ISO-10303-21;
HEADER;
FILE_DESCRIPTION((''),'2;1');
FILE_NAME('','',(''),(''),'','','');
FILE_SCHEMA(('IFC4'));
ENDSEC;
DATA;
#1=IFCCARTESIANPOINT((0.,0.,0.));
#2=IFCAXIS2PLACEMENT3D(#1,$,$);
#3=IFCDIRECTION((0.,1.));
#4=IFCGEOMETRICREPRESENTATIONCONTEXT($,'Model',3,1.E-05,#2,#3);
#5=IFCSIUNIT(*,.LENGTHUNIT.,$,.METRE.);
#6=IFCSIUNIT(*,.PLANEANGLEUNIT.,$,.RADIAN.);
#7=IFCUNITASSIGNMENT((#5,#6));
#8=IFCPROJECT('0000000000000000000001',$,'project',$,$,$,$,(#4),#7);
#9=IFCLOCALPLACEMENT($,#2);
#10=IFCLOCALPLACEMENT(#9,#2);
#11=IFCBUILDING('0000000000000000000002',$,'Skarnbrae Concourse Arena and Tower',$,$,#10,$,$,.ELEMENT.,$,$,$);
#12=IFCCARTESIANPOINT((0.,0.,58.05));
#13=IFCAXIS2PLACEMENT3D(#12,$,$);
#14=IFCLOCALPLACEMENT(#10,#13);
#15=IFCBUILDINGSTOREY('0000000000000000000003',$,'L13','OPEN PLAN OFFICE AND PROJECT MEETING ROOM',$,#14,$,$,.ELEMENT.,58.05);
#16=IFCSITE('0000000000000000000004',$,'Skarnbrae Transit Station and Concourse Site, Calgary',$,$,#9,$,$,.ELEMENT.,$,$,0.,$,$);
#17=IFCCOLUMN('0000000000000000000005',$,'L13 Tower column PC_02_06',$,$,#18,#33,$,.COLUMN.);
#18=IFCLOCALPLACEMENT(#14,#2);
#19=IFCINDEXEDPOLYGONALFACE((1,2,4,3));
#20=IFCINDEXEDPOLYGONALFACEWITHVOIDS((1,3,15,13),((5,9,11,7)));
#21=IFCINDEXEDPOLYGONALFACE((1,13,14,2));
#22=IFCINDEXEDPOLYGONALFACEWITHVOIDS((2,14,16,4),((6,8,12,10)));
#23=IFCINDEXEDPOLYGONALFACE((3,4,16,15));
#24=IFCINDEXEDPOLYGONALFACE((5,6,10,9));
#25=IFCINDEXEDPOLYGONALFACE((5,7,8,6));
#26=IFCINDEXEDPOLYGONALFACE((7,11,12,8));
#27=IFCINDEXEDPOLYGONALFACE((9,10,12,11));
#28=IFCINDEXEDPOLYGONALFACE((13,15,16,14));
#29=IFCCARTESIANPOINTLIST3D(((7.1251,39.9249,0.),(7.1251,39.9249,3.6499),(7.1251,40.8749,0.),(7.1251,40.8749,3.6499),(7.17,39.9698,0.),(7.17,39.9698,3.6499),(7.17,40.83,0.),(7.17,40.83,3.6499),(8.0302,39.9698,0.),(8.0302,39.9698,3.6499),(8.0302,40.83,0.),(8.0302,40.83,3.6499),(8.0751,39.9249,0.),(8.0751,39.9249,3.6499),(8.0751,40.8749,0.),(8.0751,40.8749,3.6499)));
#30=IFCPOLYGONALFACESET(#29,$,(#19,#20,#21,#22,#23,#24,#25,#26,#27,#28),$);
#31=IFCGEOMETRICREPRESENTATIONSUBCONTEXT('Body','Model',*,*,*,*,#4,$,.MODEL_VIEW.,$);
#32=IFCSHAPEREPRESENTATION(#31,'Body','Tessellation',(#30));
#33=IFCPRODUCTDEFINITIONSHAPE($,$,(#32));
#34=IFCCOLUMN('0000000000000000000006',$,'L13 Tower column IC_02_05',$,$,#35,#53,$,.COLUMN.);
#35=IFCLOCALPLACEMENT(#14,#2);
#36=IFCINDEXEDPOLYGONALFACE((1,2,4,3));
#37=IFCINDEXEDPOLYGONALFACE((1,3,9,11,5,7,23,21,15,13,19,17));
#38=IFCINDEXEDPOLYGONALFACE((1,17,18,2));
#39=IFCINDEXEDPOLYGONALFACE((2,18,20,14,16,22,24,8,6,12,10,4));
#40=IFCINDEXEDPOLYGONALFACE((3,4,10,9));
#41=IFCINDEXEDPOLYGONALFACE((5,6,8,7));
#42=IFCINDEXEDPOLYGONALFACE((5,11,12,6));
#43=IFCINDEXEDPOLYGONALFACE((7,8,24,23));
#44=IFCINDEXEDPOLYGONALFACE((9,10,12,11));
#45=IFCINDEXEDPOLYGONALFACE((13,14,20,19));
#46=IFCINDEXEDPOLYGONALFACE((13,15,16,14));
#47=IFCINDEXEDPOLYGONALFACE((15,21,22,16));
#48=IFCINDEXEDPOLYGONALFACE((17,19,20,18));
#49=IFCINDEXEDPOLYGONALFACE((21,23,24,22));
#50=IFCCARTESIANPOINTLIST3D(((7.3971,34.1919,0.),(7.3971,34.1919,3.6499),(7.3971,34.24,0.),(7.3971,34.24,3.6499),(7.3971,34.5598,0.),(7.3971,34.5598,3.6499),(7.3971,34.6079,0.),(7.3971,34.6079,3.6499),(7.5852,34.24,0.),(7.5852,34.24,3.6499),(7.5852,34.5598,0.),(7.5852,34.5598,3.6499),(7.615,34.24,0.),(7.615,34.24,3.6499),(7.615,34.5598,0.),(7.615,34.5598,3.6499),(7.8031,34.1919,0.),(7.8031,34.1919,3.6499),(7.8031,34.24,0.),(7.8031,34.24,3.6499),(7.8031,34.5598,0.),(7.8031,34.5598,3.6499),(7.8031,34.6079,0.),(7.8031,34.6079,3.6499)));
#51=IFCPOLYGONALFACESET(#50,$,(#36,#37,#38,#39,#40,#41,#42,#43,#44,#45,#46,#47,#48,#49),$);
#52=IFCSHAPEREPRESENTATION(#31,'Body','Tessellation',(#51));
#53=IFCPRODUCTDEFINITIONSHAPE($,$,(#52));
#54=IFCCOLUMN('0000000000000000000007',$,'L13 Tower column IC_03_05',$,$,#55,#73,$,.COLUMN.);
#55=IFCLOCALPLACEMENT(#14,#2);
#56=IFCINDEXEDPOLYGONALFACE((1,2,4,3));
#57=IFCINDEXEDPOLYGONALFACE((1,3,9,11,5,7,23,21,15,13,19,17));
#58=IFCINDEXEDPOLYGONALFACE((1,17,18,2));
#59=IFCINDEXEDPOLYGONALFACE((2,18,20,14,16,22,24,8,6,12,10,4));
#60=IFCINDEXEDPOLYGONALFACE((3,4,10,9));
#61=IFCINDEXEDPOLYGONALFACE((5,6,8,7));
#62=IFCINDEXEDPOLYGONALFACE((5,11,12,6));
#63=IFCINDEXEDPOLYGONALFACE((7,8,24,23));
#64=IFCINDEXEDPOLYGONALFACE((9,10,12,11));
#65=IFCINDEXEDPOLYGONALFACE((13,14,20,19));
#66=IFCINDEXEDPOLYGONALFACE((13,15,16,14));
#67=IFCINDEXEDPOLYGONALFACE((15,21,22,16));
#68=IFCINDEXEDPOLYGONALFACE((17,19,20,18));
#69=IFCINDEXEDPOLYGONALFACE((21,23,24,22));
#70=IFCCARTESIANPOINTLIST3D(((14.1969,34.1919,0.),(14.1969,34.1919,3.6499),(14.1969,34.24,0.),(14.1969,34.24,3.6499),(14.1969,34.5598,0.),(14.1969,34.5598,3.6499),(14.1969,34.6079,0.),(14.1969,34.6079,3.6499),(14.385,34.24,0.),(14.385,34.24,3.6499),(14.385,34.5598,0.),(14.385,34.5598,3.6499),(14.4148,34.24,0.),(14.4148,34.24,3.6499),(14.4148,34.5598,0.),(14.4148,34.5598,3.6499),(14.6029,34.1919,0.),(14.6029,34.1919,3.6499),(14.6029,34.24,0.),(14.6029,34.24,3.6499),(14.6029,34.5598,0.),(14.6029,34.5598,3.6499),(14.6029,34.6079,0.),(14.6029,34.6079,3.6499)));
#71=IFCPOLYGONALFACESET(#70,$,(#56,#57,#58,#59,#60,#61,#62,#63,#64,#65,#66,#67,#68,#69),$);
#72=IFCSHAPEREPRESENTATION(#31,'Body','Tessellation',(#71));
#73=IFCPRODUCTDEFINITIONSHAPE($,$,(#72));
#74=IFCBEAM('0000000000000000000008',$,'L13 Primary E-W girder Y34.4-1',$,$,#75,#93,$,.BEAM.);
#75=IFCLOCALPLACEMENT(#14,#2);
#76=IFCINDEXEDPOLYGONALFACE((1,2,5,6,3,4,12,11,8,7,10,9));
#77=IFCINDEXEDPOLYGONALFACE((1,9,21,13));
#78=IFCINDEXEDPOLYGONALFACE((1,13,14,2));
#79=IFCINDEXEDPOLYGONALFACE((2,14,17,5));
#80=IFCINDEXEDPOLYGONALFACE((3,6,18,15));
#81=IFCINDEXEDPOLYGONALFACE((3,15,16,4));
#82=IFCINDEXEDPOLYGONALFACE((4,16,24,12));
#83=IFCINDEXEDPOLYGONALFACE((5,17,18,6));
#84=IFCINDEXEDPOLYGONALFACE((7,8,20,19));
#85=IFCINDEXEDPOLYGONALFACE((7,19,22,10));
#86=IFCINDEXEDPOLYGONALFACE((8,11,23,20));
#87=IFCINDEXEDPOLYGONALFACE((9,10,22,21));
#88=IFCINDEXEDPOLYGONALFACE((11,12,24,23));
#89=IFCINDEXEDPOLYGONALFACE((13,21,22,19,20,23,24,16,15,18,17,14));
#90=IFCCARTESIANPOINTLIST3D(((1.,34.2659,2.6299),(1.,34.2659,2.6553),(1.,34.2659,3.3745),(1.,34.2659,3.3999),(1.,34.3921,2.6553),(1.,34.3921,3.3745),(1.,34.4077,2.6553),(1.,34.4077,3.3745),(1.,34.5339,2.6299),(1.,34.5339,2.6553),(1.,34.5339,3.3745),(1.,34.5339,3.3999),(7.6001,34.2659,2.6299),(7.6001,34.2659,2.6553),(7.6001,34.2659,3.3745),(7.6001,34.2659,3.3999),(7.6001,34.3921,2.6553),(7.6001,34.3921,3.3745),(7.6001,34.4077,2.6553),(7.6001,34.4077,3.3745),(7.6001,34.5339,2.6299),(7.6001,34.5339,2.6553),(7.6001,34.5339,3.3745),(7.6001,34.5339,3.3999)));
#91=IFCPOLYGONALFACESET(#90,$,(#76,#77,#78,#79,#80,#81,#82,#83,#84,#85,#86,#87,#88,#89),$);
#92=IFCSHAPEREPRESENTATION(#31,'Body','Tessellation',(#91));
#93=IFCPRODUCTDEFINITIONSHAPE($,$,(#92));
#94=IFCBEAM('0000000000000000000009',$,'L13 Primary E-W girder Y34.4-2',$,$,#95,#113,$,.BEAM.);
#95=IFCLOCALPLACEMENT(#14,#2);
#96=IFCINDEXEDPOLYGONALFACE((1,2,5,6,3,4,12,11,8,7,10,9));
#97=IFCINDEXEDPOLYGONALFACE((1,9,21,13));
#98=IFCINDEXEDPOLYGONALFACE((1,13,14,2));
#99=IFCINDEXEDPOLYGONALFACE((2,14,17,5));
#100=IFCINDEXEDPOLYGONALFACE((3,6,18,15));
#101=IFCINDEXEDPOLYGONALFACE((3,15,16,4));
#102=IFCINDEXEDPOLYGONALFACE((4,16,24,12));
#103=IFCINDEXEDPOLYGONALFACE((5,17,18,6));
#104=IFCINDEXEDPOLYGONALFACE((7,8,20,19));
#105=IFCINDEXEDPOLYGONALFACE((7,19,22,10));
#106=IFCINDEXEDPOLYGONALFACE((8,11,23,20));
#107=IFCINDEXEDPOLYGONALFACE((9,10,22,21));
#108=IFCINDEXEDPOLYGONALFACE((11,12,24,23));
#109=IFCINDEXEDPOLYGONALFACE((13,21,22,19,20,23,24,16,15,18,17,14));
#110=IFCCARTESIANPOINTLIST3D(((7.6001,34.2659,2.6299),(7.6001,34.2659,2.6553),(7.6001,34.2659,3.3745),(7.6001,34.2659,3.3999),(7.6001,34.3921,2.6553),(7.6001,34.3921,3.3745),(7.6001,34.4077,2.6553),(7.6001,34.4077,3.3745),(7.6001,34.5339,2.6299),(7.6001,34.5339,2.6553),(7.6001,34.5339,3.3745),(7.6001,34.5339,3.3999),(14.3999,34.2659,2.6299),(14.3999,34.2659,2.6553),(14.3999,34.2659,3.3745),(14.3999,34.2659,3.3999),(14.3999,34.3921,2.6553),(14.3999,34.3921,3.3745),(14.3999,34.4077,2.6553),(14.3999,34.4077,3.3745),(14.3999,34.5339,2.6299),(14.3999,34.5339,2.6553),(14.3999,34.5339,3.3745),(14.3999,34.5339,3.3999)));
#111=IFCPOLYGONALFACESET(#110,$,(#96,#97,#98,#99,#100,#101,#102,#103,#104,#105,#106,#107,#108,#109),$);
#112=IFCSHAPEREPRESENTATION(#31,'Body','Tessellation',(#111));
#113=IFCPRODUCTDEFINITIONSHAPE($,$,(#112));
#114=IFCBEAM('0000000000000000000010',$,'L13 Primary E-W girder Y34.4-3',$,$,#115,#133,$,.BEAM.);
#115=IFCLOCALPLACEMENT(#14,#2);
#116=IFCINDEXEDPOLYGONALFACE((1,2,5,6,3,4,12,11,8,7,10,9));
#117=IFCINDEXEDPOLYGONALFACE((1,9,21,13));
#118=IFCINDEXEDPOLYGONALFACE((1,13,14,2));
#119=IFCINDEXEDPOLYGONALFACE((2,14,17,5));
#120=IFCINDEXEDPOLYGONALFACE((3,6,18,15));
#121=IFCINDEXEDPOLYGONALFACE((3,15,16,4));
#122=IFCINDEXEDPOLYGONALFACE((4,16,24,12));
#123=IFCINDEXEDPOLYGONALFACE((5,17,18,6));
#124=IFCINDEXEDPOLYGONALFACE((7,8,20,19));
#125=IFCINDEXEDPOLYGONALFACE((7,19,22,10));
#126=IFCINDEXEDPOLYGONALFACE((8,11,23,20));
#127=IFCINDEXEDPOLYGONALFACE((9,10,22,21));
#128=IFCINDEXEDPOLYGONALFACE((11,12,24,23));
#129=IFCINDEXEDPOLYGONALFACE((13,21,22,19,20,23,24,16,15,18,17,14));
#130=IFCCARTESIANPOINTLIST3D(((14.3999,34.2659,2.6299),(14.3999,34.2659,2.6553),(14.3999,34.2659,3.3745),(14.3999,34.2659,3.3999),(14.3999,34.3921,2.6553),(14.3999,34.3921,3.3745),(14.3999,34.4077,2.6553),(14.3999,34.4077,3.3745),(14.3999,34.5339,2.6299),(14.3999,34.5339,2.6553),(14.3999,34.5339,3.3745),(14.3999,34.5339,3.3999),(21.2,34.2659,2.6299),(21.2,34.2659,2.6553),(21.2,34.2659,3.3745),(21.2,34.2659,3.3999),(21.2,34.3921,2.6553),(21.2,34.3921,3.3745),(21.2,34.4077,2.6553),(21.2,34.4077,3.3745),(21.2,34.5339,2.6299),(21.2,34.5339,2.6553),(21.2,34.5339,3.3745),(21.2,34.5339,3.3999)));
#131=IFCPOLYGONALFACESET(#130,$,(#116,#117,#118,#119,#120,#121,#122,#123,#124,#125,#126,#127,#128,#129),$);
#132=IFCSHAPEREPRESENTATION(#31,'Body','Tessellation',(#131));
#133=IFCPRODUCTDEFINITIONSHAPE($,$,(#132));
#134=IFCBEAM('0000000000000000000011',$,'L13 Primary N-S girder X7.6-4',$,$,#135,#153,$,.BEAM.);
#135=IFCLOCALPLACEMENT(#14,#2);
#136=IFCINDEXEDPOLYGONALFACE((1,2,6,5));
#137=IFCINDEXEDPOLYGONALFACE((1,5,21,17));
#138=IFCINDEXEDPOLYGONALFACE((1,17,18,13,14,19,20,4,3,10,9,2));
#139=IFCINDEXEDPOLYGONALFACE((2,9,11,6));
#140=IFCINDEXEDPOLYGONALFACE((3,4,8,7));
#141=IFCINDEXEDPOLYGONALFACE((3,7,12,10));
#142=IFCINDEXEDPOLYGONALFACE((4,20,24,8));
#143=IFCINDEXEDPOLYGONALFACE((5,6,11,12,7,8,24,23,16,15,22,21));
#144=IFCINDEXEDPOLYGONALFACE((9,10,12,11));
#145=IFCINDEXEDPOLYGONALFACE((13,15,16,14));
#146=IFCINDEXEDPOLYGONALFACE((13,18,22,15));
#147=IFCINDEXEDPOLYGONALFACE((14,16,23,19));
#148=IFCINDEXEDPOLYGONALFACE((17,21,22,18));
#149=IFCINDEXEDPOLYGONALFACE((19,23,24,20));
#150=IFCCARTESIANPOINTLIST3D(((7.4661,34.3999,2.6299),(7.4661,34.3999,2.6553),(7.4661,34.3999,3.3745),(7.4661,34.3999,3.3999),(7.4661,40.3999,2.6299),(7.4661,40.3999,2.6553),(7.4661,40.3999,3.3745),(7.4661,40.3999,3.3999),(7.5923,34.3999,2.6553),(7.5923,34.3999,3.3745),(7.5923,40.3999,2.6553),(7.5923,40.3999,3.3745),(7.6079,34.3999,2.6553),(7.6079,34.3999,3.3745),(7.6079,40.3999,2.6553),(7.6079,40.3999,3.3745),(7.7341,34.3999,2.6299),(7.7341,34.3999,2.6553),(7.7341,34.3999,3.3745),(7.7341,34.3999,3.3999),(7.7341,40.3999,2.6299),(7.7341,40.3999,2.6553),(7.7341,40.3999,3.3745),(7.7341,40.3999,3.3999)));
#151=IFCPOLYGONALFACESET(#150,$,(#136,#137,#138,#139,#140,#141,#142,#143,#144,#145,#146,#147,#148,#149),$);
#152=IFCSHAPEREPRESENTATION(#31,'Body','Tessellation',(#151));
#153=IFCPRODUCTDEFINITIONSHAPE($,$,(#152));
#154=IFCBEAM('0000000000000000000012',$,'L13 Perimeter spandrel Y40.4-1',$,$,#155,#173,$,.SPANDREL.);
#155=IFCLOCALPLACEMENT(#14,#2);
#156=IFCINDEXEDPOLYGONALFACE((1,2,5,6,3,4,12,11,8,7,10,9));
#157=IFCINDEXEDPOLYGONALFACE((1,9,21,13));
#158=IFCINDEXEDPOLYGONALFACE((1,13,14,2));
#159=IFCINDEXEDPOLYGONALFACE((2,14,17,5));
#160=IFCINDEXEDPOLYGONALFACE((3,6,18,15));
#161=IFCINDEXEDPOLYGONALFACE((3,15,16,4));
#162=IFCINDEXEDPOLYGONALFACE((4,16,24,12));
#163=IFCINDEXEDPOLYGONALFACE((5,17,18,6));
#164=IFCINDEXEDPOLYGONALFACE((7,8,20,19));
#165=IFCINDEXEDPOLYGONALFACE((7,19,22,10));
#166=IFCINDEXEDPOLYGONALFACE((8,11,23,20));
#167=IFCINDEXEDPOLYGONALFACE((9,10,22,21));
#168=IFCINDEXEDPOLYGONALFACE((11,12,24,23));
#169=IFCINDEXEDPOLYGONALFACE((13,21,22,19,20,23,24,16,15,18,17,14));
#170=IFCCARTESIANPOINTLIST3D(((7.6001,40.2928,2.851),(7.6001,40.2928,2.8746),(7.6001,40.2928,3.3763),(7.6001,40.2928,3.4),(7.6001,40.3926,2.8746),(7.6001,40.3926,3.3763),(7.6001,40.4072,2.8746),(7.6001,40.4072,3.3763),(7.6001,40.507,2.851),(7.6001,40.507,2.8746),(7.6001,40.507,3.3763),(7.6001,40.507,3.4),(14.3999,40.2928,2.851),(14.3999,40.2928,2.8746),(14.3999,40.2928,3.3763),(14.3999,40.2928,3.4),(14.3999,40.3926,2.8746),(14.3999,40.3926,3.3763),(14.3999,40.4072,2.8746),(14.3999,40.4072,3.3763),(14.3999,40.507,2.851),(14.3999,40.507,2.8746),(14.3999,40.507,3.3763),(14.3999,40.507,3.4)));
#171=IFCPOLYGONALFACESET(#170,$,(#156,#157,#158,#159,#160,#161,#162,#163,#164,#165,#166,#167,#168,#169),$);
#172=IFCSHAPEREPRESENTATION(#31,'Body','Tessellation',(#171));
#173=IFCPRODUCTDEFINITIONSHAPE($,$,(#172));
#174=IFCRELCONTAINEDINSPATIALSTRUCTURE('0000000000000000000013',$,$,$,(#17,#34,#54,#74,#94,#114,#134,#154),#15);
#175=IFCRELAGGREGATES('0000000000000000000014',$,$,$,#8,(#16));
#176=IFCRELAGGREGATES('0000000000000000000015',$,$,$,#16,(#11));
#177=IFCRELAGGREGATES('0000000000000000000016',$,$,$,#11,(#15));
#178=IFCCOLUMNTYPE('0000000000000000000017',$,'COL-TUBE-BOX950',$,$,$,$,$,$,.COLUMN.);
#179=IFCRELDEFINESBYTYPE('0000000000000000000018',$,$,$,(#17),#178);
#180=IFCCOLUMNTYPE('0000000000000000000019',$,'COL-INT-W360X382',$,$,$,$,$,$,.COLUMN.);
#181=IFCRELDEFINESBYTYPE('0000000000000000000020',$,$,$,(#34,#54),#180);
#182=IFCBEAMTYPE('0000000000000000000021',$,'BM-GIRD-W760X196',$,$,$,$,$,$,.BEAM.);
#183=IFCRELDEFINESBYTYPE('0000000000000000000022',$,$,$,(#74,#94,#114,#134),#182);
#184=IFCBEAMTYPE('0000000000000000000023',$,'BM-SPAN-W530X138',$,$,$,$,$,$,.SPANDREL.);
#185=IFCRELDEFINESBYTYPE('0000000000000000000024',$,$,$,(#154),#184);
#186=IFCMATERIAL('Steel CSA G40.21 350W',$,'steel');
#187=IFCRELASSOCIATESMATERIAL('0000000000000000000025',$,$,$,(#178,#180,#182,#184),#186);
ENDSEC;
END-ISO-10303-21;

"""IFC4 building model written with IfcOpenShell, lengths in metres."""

from ifc_helpers import new_model, si_unit, direction, frame, origin, origin_2d, place, context, subcontext, project, spatial, hollow_rectangle, i_section, extrude, source, transform, mapped, material, material_profile, profile_set, type_object, element, save


model = new_model("IFC4")

# Units and contexts
model_context = context("Model", 3, precision=1e-05, world=origin(), true_north=direction((0.0, 1.0)))
body_context = subcontext(model_context, "Body", "Model", "MODEL_VIEW")
ifc_project = project(units=[si_unit("LENGTHUNIT", "METRE"), si_unit("PLANEANGLEUNIT", "RADIAN")], contexts=[model_context])

# Site, building, storey
site_placement = place(None, origin())
site = spatial("IfcSite", under=ifc_project, at=site_placement, Name="Skarnbrae Transit Station and Concourse Site, Calgary", CompositionType="ELEMENT", RefElevation=0.0)
building_placement = place(site_placement, origin())
building = spatial("IfcBuilding", under=site, at=building_placement, Name="Skarnbrae Concourse Arena and Tower", CompositionType="ELEMENT")
storey_placement = place(building_placement, frame((0.0, 0.0, 58.05)))
storey = spatial("IfcBuildingStorey", under=building, at=storey_placement, Name="L13", Description="OPEN PLAN OFFICE AND PROJECT MEETING ROOM", CompositionType="ELEMENT", Elevation=58.05)

# Columns
ifc_material_1 = material(Name="Steel CSA G40.21 350W", Category="steel")
ifc_material_profile_1 = material_profile(ifc_material_1, hollow_rectangle(XDim=0.95, YDim=0.95, WallThickness=0.0449, at=origin_2d()), Name="BOX950X950X45")
ifc_profile_set_1 = profile_set([ifc_material_profile_1], Name="Steel CSA G40.21 350W")
column_type_1 = type_object("IfcColumnType", Name="COL-TUBE-BOX950", PredefinedType="COLUMN", material=ifc_profile_set_1)
shared_shape_1 = source(origin(), body_context, "Body", "SweptSolid", [
    extrude(hollow_rectangle(XDim=0.95, YDim=0.95, WallThickness=0.0449, at=origin_2d()), origin(), (0.0, 0.0, 1.0), 3.6499),
])
column_placement = place(storey_placement, frame((7.6001, 40.3999, 0.0), z_axis=(0.0, 0.0, 1.0), x_axis=(1.0, 0.0, 0.0)))
element("IfcColumn", 1, at=column_placement, inside=storey, type_object=column_type_1, Name="L13 Tower column PC_02_06", PredefinedType="COLUMN", context=body_context, shape_type="MappedRepresentation", body=[
    mapped(shared_shape_1, transform((0.0, 0.0, 0.0))),
])
ifc_material_profile_2 = material_profile(ifc_material_1, i_section(OverallWidth=0.406, OverallDepth=0.416, WebThickness=0.0298, FlangeThickness=0.0481, at=origin_2d()), Name="W360X382")
ifc_profile_set_2 = profile_set([ifc_material_profile_2], Name="Steel CSA G40.21 350W")
column_type_2 = type_object("IfcColumnType", Name="COL-INT-W360X382", PredefinedType="COLUMN", material=ifc_profile_set_2)
shared_shape_2 = source(origin(), body_context, "Body", "SweptSolid", [
    extrude(i_section(OverallWidth=0.406, OverallDepth=0.416, WebThickness=0.0298, FlangeThickness=0.0481, at=origin_2d()), origin(), (0.0, 0.0, 1.0), 3.6499),
])
for number, where, z_axis, x_axis, name in (
    (2, (7.6001, 34.3999, 0.0), (0.0, 0.0, 1.0), (1.0, 0.0, 0.0), "L13 Tower column IC_02_05"),
    (3, (14.3999, 34.3999, 0.0), (0.0, 0.0, 1.0), (1.0, 0.0, 0.0), "L13 Tower column IC_03_05"),
):
    element("IfcColumn", number, at=place(storey_placement, frame(where, z_axis=z_axis, x_axis=x_axis)), inside=storey, type_object=column_type_2, Name=name, PredefinedType="COLUMN", context=body_context, shape_type="MappedRepresentation", body=[
        mapped(shared_shape_2, transform((0.0, 0.0, 0.0))),
    ])

# Beams
ifc_material_profile_3 = material_profile(ifc_material_1, i_section(OverallWidth=0.2681, OverallDepth=0.77, WebThickness=0.0156, FlangeThickness=0.0254, at=origin_2d()), Name="W760X196")
ifc_profile_set_3 = profile_set([ifc_material_profile_3], Name="Steel CSA G40.21 350W")
beam_type_1 = type_object("IfcBeamType", Name="BM-GIRD-W760X196", PredefinedType="BEAM", material=ifc_profile_set_3)
shared_shape_3 = source(origin(), body_context, "Body", "SweptSolid", [
    extrude(i_section(OverallWidth=0.2681, OverallDepth=0.77, WebThickness=0.0156, FlangeThickness=0.0254, at=origin_2d()), origin(), (0.0, 0.0, 1.0), 6.6001),
])
beam_1_placement = place(storey_placement, frame((1.0, 34.3999, 3.0149), z_axis=(1.0, 0.0, 0.0), x_axis=(0.0, 1.0, 0.0)))
element("IfcBeam", 4, at=beam_1_placement, inside=storey, type_object=beam_type_1, Name="L13 Primary E-W girder Y34.4-1", PredefinedType="BEAM", context=body_context, shape_type="MappedRepresentation", body=[
    mapped(shared_shape_3, transform((0.0, 0.0, 0.0))),
])
shared_shape_4 = source(origin(), body_context, "Body", "SweptSolid", [
    extrude(i_section(OverallWidth=0.2681, OverallDepth=0.77, WebThickness=0.0156, FlangeThickness=0.0254, at=origin_2d()), origin(), (0.0, 0.0, 1.0), 6.7998),
])
beam_2_placement = place(storey_placement, frame((7.6001, 34.3999, 3.0149), z_axis=(1.0, 0.0, 0.0), x_axis=(0.0, 1.0, 0.0)))
element("IfcBeam", 5, at=beam_2_placement, inside=storey, type_object=beam_type_1, Name="L13 Primary E-W girder Y34.4-2", PredefinedType="BEAM", context=body_context, shape_type="MappedRepresentation", body=[
    mapped(shared_shape_4, transform((0.0, 0.0, 0.0))),
])
shared_shape_5 = source(origin(), body_context, "Body", "SweptSolid", [
    extrude(i_section(OverallWidth=0.2681, OverallDepth=0.77, WebThickness=0.0156, FlangeThickness=0.0254, at=origin_2d()), origin(), (0.0, 0.0, 1.0), 6.8),
])
beam_3_placement = place(storey_placement, frame((14.3999, 34.3999, 3.0149), z_axis=(1.0, 0.0, 0.0), x_axis=(0.0, 1.0, 0.0)))
element("IfcBeam", 6, at=beam_3_placement, inside=storey, type_object=beam_type_1, Name="L13 Primary E-W girder Y34.4-3", PredefinedType="BEAM", context=body_context, shape_type="MappedRepresentation", body=[
    mapped(shared_shape_5, transform((0.0, 0.0, 0.0))),
])
shared_shape_6 = source(origin(), body_context, "Body", "SweptSolid", [
    extrude(i_section(OverallWidth=0.2681, OverallDepth=0.77, WebThickness=0.0156, FlangeThickness=0.0254, at=origin_2d()), origin(), (0.0, 0.0, 1.0), 6.0),
])
beam_4_placement = place(storey_placement, frame((7.6001, 34.3999, 3.0149), z_axis=(0.0, 1.0, 0.0), x_axis=(-1.0, 0.0, 0.0)))
element("IfcBeam", 7, at=beam_4_placement, inside=storey, type_object=beam_type_1, Name="L13 Primary N-S girder X7.6-4", PredefinedType="BEAM", context=body_context, shape_type="MappedRepresentation", body=[
    mapped(shared_shape_6, transform((0.0, 0.0, 0.0))),
])
ifc_material_profile_4 = material_profile(ifc_material_1, i_section(OverallWidth=0.2141, OverallDepth=0.5491, WebThickness=0.0146, FlangeThickness=0.0237, at=origin_2d()), Name="W530X138")
ifc_profile_set_4 = profile_set([ifc_material_profile_4], Name="Steel CSA G40.21 350W")
beam_type_2 = type_object("IfcBeamType", Name="BM-SPAN-W530X138", PredefinedType="SPANDREL", material=ifc_profile_set_4)
shared_shape_7 = source(origin(), body_context, "Body", "SweptSolid", [
    extrude(i_section(OverallWidth=0.2141, OverallDepth=0.5491, WebThickness=0.0146, FlangeThickness=0.0237, at=origin_2d()), origin(), (0.0, 0.0, 1.0), 6.7998),
])
beam_5_placement = place(storey_placement, frame((7.6001, 40.3999, 3.1255), z_axis=(1.0, 0.0, 0.0), x_axis=(0.0, 1.0, 0.0)))
element("IfcBeam", 8, at=beam_5_placement, inside=storey, type_object=beam_type_2, Name="L13 Perimeter spandrel Y40.4-1", PredefinedType="SPANDREL", context=body_context, shape_type="MappedRepresentation", body=[
    mapped(shared_shape_7, transform((0.0, 0.0, 0.0))),
])

save(model, "model.ifc")
